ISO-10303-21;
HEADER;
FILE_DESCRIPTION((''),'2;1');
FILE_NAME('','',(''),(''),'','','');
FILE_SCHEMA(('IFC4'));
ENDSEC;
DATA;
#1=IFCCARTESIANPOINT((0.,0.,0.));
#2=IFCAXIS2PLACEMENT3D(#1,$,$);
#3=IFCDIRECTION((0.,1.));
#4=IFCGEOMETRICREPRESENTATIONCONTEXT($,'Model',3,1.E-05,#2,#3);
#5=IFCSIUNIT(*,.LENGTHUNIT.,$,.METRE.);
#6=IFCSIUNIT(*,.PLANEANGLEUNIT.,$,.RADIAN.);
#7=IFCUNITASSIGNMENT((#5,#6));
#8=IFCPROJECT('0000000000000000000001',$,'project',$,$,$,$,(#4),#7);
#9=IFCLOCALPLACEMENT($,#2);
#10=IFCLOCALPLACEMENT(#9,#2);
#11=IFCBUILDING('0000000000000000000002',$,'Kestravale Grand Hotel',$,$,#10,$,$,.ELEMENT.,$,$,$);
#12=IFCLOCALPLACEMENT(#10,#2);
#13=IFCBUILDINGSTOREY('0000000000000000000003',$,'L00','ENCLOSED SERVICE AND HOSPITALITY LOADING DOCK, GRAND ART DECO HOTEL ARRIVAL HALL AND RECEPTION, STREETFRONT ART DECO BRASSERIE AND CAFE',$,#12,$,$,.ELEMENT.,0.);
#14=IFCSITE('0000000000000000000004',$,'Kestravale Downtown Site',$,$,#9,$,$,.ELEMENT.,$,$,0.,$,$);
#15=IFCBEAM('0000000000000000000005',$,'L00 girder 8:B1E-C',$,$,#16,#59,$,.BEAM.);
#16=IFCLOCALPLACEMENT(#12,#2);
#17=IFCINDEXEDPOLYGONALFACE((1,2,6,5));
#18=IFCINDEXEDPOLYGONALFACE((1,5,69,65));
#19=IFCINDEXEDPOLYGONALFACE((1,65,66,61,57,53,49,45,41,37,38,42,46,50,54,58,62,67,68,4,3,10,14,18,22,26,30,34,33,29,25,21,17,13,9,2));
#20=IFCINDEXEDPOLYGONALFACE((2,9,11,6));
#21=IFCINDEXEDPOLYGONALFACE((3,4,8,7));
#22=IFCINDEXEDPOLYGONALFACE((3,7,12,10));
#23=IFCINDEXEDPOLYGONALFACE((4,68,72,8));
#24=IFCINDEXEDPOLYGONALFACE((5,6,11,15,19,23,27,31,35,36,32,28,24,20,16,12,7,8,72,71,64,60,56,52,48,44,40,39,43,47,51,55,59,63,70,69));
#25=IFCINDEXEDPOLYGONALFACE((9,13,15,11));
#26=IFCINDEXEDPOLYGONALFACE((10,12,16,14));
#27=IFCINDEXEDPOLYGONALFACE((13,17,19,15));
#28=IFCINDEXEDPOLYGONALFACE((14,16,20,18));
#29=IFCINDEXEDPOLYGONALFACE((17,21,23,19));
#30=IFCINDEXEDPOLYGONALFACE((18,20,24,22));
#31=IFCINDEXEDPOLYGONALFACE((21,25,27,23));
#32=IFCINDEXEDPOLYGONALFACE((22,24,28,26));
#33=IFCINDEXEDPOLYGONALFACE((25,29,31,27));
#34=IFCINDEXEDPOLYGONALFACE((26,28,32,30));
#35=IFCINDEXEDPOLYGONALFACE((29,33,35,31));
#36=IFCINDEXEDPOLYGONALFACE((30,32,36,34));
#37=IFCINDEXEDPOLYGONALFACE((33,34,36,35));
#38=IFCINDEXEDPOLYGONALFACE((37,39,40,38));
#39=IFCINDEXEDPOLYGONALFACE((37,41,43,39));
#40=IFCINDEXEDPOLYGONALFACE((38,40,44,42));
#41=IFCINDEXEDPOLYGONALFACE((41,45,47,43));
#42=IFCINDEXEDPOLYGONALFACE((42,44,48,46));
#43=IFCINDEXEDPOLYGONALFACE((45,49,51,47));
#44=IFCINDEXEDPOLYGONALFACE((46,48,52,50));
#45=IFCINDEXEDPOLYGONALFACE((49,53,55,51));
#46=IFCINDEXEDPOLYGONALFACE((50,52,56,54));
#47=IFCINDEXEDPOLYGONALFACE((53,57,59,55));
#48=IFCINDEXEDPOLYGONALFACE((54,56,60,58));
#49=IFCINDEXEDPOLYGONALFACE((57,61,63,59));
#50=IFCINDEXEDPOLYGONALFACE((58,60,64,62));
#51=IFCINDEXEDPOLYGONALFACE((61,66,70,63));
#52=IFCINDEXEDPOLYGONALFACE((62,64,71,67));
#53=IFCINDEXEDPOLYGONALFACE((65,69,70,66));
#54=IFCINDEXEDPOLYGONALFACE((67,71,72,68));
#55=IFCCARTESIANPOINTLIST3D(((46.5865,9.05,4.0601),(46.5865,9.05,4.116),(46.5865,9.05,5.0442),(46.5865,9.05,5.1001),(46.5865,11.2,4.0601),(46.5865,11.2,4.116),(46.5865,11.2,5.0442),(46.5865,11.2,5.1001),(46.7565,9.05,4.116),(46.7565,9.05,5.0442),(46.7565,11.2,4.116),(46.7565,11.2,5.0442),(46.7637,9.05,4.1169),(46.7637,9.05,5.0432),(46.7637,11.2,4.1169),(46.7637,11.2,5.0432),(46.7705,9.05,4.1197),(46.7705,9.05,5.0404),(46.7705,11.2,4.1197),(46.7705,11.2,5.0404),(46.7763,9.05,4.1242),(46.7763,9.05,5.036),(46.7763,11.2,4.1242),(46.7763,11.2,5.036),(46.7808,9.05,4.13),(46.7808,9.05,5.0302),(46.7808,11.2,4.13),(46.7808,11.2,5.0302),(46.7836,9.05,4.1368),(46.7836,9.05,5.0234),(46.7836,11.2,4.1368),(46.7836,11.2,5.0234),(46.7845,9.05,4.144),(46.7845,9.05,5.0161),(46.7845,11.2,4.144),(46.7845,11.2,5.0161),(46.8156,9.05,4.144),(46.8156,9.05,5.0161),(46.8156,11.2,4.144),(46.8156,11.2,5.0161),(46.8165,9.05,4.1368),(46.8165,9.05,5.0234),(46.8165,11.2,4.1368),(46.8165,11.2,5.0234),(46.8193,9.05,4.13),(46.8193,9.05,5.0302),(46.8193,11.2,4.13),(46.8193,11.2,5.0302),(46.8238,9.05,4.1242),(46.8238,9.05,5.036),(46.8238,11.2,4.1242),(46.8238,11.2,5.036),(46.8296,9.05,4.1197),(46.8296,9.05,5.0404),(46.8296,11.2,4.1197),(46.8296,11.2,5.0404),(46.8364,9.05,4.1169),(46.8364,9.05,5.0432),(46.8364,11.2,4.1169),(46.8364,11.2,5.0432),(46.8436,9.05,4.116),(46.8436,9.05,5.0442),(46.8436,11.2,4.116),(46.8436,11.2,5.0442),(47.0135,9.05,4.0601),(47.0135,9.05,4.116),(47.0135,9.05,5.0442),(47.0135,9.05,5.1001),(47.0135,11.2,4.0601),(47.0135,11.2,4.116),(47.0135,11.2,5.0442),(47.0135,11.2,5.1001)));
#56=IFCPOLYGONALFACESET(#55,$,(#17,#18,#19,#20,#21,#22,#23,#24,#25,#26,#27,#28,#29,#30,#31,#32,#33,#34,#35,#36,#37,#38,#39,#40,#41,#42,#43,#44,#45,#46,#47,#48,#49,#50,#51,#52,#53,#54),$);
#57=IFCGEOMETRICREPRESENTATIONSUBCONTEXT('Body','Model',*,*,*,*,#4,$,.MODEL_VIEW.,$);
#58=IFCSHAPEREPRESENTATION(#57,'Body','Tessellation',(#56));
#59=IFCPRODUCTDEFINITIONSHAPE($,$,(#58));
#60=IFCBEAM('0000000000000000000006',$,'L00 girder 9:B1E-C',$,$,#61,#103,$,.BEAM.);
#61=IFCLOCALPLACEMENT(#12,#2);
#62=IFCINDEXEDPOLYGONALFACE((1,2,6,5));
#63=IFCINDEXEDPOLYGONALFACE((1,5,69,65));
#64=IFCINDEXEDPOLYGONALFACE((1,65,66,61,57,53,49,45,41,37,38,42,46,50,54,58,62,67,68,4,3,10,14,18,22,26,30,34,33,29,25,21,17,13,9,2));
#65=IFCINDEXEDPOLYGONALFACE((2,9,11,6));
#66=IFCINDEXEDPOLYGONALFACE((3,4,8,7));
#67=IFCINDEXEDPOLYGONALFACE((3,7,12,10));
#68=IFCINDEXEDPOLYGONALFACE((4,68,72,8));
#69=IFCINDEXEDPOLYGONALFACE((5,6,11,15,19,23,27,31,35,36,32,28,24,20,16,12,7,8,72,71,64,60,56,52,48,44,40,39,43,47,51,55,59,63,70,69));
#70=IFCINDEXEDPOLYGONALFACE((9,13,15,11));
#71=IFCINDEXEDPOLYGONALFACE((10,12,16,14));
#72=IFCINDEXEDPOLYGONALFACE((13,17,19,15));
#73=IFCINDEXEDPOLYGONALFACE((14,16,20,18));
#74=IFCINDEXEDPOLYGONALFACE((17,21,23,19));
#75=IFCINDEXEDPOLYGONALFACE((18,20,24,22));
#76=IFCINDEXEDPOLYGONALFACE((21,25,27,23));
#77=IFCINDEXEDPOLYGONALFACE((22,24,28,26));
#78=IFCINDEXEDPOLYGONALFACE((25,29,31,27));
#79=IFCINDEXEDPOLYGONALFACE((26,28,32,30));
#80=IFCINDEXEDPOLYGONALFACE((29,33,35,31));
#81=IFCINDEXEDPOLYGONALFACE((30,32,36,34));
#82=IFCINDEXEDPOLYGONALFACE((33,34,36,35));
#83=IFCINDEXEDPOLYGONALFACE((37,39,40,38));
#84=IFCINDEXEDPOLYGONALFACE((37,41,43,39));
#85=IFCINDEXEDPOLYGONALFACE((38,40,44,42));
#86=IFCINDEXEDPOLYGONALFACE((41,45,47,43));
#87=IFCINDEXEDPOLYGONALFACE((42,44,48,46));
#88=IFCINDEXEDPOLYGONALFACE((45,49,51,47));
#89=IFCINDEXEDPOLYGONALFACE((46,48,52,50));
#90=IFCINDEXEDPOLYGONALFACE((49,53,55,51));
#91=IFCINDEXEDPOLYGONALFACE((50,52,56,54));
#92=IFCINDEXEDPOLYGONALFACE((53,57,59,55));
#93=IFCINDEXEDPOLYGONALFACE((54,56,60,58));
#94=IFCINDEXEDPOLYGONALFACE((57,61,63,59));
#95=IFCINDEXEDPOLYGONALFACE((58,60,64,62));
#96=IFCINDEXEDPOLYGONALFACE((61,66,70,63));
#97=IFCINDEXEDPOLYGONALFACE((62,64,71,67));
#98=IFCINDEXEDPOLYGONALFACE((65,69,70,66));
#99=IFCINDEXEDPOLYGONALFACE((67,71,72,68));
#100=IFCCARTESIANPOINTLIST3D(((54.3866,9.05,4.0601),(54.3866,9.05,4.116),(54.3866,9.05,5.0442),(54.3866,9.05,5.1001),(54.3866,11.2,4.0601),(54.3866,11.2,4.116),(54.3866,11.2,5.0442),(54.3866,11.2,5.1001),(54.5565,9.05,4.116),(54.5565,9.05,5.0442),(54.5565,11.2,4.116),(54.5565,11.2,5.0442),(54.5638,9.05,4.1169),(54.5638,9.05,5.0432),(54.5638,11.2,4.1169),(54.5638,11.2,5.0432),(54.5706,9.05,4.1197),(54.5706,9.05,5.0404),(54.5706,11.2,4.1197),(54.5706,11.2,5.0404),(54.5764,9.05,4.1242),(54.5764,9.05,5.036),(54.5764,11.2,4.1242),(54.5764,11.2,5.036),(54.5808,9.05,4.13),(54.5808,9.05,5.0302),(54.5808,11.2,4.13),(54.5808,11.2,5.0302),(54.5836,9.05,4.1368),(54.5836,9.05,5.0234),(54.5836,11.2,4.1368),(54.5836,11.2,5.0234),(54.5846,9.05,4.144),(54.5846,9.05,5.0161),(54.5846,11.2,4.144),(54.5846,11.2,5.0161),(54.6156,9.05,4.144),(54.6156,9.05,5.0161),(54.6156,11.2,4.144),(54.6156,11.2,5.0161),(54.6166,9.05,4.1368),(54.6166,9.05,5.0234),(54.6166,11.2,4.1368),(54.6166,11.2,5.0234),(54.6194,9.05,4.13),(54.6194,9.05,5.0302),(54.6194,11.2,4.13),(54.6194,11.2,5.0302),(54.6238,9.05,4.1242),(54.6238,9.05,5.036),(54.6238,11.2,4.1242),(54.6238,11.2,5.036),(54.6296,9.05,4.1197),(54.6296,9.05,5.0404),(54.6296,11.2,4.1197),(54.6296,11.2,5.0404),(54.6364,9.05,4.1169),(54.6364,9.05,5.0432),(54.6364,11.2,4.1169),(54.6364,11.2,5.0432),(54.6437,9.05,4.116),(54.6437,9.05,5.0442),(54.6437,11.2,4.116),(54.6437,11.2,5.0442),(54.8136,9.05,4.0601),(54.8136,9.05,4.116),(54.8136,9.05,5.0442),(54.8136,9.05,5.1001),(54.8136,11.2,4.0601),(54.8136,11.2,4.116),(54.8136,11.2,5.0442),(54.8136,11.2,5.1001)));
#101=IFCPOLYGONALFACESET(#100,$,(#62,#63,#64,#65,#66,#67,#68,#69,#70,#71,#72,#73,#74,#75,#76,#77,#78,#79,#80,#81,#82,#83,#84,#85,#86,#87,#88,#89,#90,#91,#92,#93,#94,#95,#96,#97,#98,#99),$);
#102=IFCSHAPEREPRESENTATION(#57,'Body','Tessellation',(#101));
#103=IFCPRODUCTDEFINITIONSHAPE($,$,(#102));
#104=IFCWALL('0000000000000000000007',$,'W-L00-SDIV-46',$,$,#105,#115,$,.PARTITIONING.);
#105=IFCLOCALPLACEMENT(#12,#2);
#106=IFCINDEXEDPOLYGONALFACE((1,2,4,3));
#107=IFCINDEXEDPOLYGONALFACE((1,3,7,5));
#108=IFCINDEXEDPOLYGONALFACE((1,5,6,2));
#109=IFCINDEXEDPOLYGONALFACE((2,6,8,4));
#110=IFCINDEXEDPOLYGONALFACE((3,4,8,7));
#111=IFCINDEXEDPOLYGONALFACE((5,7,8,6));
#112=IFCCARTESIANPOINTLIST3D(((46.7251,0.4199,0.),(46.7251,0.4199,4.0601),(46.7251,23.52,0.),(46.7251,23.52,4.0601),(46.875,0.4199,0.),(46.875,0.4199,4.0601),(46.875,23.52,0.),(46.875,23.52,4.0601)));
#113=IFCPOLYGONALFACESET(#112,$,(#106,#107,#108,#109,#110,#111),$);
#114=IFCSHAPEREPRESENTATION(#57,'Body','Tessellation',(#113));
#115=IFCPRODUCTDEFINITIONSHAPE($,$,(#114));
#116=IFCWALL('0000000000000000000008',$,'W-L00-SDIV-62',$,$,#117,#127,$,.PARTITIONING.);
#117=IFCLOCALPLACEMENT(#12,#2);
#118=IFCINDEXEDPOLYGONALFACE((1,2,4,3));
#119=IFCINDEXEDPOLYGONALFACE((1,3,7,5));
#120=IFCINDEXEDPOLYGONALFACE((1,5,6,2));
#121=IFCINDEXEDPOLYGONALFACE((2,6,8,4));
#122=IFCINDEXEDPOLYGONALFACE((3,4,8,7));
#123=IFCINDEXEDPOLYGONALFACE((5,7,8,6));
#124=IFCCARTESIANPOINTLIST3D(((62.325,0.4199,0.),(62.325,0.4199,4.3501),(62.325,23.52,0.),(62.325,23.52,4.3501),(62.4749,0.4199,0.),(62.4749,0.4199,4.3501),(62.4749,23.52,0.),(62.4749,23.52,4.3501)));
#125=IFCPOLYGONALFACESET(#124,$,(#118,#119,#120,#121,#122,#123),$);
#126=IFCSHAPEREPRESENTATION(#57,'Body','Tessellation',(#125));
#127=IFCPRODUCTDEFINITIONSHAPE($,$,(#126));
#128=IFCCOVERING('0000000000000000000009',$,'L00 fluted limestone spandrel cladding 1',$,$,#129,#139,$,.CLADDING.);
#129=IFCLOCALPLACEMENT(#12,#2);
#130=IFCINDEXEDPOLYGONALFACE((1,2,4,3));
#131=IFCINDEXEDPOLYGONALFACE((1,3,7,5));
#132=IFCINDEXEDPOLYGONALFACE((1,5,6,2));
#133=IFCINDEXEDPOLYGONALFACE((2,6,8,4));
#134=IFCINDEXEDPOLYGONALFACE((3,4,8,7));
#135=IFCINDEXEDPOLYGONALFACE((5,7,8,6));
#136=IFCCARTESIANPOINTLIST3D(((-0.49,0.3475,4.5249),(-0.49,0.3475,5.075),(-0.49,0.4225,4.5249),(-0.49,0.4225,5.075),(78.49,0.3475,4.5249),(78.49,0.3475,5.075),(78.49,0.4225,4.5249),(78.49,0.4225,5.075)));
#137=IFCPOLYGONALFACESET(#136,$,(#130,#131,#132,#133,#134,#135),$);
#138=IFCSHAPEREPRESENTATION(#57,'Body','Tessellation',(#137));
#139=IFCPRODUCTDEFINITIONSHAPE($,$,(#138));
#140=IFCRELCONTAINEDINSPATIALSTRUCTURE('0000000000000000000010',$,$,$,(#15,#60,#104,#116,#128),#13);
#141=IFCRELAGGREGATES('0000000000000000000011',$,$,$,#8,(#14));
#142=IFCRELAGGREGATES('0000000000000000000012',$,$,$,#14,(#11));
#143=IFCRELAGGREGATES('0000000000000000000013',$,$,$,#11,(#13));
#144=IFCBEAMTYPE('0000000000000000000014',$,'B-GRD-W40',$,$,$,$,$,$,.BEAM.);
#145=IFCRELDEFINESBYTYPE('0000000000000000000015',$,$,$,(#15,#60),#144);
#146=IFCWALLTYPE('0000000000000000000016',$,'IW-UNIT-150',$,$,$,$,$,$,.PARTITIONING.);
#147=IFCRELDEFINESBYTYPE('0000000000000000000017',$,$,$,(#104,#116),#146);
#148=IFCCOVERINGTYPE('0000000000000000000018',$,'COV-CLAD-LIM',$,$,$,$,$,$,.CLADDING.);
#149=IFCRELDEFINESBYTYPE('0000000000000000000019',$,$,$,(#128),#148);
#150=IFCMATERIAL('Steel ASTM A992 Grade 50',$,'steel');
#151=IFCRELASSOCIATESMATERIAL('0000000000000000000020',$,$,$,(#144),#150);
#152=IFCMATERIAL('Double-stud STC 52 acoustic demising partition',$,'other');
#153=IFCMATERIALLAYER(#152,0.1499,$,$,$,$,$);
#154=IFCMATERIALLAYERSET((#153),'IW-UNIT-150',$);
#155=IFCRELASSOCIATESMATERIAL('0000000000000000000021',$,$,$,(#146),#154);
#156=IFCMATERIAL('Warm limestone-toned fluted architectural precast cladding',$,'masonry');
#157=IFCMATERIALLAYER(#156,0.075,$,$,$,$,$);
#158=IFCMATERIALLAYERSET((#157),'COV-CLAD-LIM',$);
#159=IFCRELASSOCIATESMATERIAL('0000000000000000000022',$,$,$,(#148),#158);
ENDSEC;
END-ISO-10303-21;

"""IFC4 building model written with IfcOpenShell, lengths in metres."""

from ifc_helpers import new_model, si_unit, direction, frame, frame_2d, origin, origin_2d, place, context, subcontext, project, spatial, rectangle, i_section, extrude, material, layer, layer_set, material_profile, profile_set, type_object, element, save


model = new_model("IFC4")

# Units and contexts
model_context = context("Model", 3, precision=1e-05, world=origin(), true_north=direction((0.0, 1.0)))
body_context = subcontext(model_context, "Body", "Model", "MODEL_VIEW")
ifc_project = project(units=[si_unit("LENGTHUNIT", "METRE"), si_unit("PLANEANGLEUNIT", "RADIAN")], contexts=[model_context])

# Site, building, storey
site_placement = place(None, origin())
site = spatial("IfcSite", under=ifc_project, at=site_placement, Name="Kestravale Downtown Site", CompositionType="ELEMENT", RefElevation=0.0)
building_placement = place(site_placement, origin())
building = spatial("IfcBuilding", under=site, at=building_placement, Name="Kestravale Grand Hotel", CompositionType="ELEMENT")
storey_placement = place(building_placement, origin())
storey = spatial("IfcBuildingStorey", under=building, at=storey_placement, Name="L00", Description="ENCLOSED SERVICE AND HOSPITALITY LOADING DOCK, GRAND ART DECO HOTEL ARRIVAL HALL AND RECEPTION, STREETFRONT ART DECO BRASSERIE AND CAFE", CompositionType="ELEMENT", Elevation=0.0)

# Beams
ifc_material_1 = material(Name="Steel ASTM A992 Grade 50", Category="steel")
ifc_material_profile_1 = material_profile(ifc_material_1, i_section(OverallWidth=0.427, OverallDepth=1.04, WebThickness=0.031, FlangeThickness=0.0559, FilletRadius=0.0281, at=origin_2d()))
ifc_profile_set_1 = profile_set([ifc_material_profile_1], Name="Steel ASTM A992 Grade 50")
beam_type_1 = type_object("IfcBeamType", Name="B-GRD-W40", PredefinedType="BEAM", material=ifc_profile_set_1)
for number, where, z_axis, x_axis, name in (
    (1, (46.8, 9.05, 4.5801), (0.0, 1.0, 0.0), (-1.0, 0.0, 0.0), "L00 girder 8:B1E-C"),
    (2, (54.6001, 9.05, 4.5801), (0.0, 1.0, 0.0), (-1.0, 0.0, 0.0), "L00 girder 9:B1E-C"),
):
    element("IfcBeam", number, at=place(storey_placement, frame(where, z_axis=z_axis, x_axis=x_axis)), inside=storey, type_object=beam_type_1, Name=name, PredefinedType="BEAM", context=body_context, shape_type="SweptSolid", body=[
        extrude(i_section(OverallWidth=0.427, OverallDepth=1.04, WebThickness=0.031, FlangeThickness=0.0559, FilletRadius=0.0281, at=origin_2d()), origin(), (0.0, 0.0, 1.0), 2.1499),
    ])

# Walls
ifc_material_2 = material(Name="Double-stud STC 52 acoustic demising partition", Category="other")
ifc_layer_1 = layer(ifc_material_2, 0.1499)
ifc_layer_set_1 = layer_set([ifc_layer_1], Name="IW-UNIT-150")
wall_type = type_object("IfcWallType", Name="IW-UNIT-150", PredefinedType="PARTITIONING", material=ifc_layer_set_1)
wall_1_placement = place(storey_placement, frame((46.8, 0.4199, 0.0), z_axis=(0.0, 0.0, 1.0), x_axis=(0.0, 1.0, 0.0)))
element("IfcWall", 3, at=wall_1_placement, inside=storey, type_object=wall_type, Name="W-L00-SDIV-46", PredefinedType="PARTITIONING", context=body_context, shape_type="SweptSolid", body=[
    extrude(rectangle(XDim=23.1001, YDim=0.1499, at=frame_2d((11.55, 0.0))), origin(), (0.0, 0.0, 1.0), 4.0601),
])
wall_2_placement = place(storey_placement, frame((62.3999, 0.4199, 0.0), z_axis=(0.0, 0.0, 1.0), x_axis=(0.0, 1.0, 0.0)))
element("IfcWall", 4, at=wall_2_placement, inside=storey, type_object=wall_type, Name="W-L00-SDIV-62", PredefinedType="PARTITIONING", context=body_context, shape_type="SweptSolid", body=[
    extrude(rectangle(XDim=23.1001, YDim=0.1499, at=frame_2d((11.55, 0.0))), origin(), (0.0, 0.0, 1.0), 4.3501),
])

# Covering
ifc_material_3 = material(Name="Warm limestone-toned fluted architectural precast cladding", Category="masonry")
ifc_layer_2 = layer(ifc_material_3, 0.075)
ifc_layer_set_2 = layer_set([ifc_layer_2], Name="COV-CLAD-LIM")
covering_type = type_object("IfcCoveringType", Name="COV-CLAD-LIM", PredefinedType="CLADDING", material=ifc_layer_set_2)
covering_placement = place(storey_placement, frame((39.0, 0.385, 4.5249), z_axis=(0.0, 0.0, 1.0), x_axis=(1.0, 0.0, 0.0)))
element("IfcCovering", 5, at=covering_placement, inside=storey, type_object=covering_type, Name="L00 fluted limestone spandrel cladding 1", PredefinedType="CLADDING", context=body_context, shape_type="SweptSolid", body=[
    extrude(rectangle(XDim=78.98, YDim=0.075, at=origin_2d()), origin(), (0.0, 0.0, 1.0), 0.55),
])

save(model, "model.ifc")
